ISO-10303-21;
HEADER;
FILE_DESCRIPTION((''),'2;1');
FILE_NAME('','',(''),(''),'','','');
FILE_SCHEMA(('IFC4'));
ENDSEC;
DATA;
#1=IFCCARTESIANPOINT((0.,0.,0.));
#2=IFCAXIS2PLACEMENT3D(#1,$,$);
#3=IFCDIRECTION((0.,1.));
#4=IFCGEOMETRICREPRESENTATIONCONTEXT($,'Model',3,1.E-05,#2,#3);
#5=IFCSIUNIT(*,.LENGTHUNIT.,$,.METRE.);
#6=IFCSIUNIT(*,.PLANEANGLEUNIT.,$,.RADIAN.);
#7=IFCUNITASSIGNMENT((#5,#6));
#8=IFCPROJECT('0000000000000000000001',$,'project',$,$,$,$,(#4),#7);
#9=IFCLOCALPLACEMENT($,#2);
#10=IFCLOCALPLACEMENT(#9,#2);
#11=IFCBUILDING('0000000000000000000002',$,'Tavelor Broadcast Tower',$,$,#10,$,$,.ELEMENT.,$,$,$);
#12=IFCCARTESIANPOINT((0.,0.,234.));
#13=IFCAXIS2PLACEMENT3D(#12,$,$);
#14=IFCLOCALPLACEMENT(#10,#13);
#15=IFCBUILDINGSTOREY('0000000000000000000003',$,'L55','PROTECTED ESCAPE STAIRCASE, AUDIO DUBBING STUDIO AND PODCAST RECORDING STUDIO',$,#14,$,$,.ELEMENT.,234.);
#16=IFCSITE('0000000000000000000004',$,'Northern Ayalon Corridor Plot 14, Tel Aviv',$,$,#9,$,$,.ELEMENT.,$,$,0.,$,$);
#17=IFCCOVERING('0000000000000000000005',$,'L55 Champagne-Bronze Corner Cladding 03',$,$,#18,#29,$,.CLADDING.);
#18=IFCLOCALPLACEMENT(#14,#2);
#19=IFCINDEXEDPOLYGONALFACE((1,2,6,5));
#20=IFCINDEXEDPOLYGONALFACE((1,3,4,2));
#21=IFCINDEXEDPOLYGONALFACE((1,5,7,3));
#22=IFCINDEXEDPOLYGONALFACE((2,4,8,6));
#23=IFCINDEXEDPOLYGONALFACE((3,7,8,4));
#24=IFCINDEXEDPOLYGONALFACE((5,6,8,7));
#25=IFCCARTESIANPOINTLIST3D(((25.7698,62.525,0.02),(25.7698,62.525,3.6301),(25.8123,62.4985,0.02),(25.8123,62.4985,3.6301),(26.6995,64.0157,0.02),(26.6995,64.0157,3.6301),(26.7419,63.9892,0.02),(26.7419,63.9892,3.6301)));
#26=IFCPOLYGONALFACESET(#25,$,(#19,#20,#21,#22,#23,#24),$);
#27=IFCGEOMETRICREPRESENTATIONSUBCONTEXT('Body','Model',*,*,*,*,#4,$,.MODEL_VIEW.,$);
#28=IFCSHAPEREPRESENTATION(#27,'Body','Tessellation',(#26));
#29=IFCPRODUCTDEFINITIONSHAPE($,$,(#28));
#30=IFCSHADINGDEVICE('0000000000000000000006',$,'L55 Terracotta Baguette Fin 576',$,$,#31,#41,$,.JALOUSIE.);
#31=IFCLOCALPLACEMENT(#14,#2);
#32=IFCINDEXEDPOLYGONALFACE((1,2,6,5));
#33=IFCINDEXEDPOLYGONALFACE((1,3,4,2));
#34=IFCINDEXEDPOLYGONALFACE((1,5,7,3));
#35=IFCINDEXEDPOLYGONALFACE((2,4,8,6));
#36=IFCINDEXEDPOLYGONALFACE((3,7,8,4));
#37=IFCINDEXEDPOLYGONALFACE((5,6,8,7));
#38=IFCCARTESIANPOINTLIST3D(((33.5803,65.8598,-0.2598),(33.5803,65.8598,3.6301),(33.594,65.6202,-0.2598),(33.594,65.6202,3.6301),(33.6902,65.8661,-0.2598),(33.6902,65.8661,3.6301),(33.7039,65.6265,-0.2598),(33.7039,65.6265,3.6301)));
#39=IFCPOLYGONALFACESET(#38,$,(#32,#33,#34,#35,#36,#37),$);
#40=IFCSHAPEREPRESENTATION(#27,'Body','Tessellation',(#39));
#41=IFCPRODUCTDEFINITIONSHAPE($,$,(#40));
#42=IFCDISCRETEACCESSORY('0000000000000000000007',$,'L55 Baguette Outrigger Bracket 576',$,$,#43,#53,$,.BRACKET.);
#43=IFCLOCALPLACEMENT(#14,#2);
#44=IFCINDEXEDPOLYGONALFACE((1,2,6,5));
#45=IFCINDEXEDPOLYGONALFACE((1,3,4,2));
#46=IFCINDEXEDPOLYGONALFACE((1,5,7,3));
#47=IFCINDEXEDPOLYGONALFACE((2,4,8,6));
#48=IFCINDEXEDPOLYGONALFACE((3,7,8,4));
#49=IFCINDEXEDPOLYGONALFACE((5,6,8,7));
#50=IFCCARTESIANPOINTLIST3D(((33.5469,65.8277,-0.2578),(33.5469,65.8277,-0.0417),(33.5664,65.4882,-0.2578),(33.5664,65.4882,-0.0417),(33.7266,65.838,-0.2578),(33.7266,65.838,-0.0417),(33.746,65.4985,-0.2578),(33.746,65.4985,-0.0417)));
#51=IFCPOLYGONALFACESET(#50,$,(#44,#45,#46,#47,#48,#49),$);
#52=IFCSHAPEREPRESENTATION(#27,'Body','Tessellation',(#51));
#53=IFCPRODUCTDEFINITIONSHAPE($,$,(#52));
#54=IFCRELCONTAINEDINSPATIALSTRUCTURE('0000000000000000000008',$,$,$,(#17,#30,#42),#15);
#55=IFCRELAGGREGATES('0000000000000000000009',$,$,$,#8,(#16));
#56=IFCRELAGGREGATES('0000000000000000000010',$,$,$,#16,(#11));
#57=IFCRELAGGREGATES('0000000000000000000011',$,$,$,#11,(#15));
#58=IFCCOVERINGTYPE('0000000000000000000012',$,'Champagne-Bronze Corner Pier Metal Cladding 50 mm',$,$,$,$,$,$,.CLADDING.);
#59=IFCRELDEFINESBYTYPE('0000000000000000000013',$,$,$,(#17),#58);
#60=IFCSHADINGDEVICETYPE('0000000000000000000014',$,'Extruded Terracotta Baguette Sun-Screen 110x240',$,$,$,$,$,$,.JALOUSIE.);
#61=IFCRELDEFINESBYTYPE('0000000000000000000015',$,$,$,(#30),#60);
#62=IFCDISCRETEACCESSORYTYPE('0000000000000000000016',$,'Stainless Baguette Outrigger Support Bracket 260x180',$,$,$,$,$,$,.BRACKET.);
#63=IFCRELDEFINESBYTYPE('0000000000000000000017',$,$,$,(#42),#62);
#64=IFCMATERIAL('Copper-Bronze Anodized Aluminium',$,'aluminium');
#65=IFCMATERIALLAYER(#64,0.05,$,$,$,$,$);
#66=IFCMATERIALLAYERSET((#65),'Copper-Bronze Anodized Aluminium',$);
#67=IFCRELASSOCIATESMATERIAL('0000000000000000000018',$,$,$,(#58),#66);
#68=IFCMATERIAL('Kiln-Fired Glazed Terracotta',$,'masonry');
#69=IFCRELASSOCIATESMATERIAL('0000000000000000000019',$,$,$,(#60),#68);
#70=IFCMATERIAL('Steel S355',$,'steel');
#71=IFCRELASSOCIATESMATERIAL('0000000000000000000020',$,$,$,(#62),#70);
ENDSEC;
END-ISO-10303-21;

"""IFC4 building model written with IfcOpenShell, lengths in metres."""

from ifc_helpers import new_model, si_unit, direction, frame, origin, origin_2d, place, context, subcontext, project, spatial, rectangle, extrude, source, transform, mapped, material, layer, layer_set, type_object, type_shapes, element, save


model = new_model("IFC4")

# Units and contexts
model_context = context("Model", 3, precision=1e-05, world=origin(), true_north=direction((0.0, 1.0)))
body_context = subcontext(model_context, "Body", "Model", "MODEL_VIEW")
ifc_project = project(units=[si_unit("LENGTHUNIT", "METRE"), si_unit("PLANEANGLEUNIT", "RADIAN")], contexts=[model_context])

# Site, building, storey
site_placement = place(None, origin())
site = spatial("IfcSite", under=ifc_project, at=site_placement, Name="Northern Ayalon Corridor Plot 14, Tel Aviv", CompositionType="ELEMENT", RefElevation=0.0)
building_placement = place(site_placement, origin())
building = spatial("IfcBuilding", under=site, at=building_placement, Name="Tavelor Broadcast Tower", CompositionType="ELEMENT")
storey_placement = place(building_placement, frame((0.0, 0.0, 234.0)))
storey = spatial("IfcBuildingStorey", under=building, at=storey_placement, Name="L55", Description="PROTECTED ESCAPE STAIRCASE, AUDIO DUBBING STUDIO AND PODCAST RECORDING STUDIO", CompositionType="ELEMENT", Elevation=234.0)

# Shared definitions
ifc_material_1 = material(Name="Steel S355", Category="steel")

# Covering
ifc_material_2 = material(Name="Copper-Bronze Anodized Aluminium", Category="aluminium")
ifc_layer_1 = layer(ifc_material_2, 0.05)
ifc_layer_set_1 = layer_set([ifc_layer_1], Name="Copper-Bronze Anodized Aluminium")
covering_type = type_object("IfcCoveringType", Name="Champagne-Bronze Corner Pier Metal Cladding 50 mm", PredefinedType="CLADDING", material=ifc_layer_set_1)
covering_placement = place(storey_placement, frame((26.2559, 63.2571, 0.02), z_axis=(0.0, 0.0, 1.0), x_axis=(-0.529179, -0.84851, 0.0)))
element("IfcCovering", 1, at=covering_placement, inside=storey, type_object=covering_type, Name="L55 Champagne-Bronze Corner Cladding 03", PredefinedType="CLADDING", context=body_context, shape_type="SweptSolid", body=[
    extrude(rectangle(XDim=1.7568, YDim=0.05, at=origin_2d()), origin(), (0.0, 0.0, 1.0), 3.6101),
])

# Shading device
ifc_material_3 = material(Name="Kiln-Fired Glazed Terracotta", Category="masonry")
shading_device_type = type_object("IfcShadingDeviceType", Name="Extruded Terracotta Baguette Sun-Screen 110x240", PredefinedType="JALOUSIE", material=ifc_material_3)
shared_shape_1 = source(origin(), body_context, "Body", "SweptSolid", [
    extrude(rectangle(XDim=0.1101, YDim=0.24, at=origin_2d()), origin(), (0.0, 0.0, 1.0), 3.8899),
])
type_shapes(shading_device_type, [shared_shape_1])
shading_device_placement = place(storey_placement, frame((33.6421, 65.7432, -0.2598), z_axis=(0.0, 0.0, 1.0), x_axis=(-0.998362, -0.057216, 0.0)))
element("IfcShadingDevice", 2, at=shading_device_placement, inside=storey, type_object=shading_device_type, Name="L55 Terracotta Baguette Fin 576", PredefinedType="JALOUSIE", context=body_context, shape_type="MappedRepresentation", body=[
    mapped(shared_shape_1, transform((0.0, 0.0, 0.0), scale=1.0)),
])

# Discrete accessory
discrete_accessory_type = type_object("IfcDiscreteAccessoryType", Name="Stainless Baguette Outrigger Support Bracket 260x180", PredefinedType="BRACKET", material=ifc_material_1)
shared_shape_2 = source(origin(), body_context, "Body", "SweptSolid", [
    extrude(rectangle(XDim=0.1799, YDim=0.3401, at=origin_2d()), origin(), (0.0, 0.0, 1.0), 0.2161),
])
type_shapes(discrete_accessory_type, [shared_shape_2])
discrete_accessory_placement = place(storey_placement, frame((33.6465, 65.6631, -0.2578), z_axis=(0.0, 0.0, 1.0), x_axis=(-0.998362, -0.057216, 0.0)))
element("IfcDiscreteAccessory", 3, at=discrete_accessory_placement, inside=storey, type_object=discrete_accessory_type, Name="L55 Baguette Outrigger Bracket 576", PredefinedType="BRACKET", context=body_context, shape_type="MappedRepresentation", body=[
    mapped(shared_shape_2, transform((0.0, 0.0, 0.0), scale=1.0)),
])

save(model, "model.ifc")
